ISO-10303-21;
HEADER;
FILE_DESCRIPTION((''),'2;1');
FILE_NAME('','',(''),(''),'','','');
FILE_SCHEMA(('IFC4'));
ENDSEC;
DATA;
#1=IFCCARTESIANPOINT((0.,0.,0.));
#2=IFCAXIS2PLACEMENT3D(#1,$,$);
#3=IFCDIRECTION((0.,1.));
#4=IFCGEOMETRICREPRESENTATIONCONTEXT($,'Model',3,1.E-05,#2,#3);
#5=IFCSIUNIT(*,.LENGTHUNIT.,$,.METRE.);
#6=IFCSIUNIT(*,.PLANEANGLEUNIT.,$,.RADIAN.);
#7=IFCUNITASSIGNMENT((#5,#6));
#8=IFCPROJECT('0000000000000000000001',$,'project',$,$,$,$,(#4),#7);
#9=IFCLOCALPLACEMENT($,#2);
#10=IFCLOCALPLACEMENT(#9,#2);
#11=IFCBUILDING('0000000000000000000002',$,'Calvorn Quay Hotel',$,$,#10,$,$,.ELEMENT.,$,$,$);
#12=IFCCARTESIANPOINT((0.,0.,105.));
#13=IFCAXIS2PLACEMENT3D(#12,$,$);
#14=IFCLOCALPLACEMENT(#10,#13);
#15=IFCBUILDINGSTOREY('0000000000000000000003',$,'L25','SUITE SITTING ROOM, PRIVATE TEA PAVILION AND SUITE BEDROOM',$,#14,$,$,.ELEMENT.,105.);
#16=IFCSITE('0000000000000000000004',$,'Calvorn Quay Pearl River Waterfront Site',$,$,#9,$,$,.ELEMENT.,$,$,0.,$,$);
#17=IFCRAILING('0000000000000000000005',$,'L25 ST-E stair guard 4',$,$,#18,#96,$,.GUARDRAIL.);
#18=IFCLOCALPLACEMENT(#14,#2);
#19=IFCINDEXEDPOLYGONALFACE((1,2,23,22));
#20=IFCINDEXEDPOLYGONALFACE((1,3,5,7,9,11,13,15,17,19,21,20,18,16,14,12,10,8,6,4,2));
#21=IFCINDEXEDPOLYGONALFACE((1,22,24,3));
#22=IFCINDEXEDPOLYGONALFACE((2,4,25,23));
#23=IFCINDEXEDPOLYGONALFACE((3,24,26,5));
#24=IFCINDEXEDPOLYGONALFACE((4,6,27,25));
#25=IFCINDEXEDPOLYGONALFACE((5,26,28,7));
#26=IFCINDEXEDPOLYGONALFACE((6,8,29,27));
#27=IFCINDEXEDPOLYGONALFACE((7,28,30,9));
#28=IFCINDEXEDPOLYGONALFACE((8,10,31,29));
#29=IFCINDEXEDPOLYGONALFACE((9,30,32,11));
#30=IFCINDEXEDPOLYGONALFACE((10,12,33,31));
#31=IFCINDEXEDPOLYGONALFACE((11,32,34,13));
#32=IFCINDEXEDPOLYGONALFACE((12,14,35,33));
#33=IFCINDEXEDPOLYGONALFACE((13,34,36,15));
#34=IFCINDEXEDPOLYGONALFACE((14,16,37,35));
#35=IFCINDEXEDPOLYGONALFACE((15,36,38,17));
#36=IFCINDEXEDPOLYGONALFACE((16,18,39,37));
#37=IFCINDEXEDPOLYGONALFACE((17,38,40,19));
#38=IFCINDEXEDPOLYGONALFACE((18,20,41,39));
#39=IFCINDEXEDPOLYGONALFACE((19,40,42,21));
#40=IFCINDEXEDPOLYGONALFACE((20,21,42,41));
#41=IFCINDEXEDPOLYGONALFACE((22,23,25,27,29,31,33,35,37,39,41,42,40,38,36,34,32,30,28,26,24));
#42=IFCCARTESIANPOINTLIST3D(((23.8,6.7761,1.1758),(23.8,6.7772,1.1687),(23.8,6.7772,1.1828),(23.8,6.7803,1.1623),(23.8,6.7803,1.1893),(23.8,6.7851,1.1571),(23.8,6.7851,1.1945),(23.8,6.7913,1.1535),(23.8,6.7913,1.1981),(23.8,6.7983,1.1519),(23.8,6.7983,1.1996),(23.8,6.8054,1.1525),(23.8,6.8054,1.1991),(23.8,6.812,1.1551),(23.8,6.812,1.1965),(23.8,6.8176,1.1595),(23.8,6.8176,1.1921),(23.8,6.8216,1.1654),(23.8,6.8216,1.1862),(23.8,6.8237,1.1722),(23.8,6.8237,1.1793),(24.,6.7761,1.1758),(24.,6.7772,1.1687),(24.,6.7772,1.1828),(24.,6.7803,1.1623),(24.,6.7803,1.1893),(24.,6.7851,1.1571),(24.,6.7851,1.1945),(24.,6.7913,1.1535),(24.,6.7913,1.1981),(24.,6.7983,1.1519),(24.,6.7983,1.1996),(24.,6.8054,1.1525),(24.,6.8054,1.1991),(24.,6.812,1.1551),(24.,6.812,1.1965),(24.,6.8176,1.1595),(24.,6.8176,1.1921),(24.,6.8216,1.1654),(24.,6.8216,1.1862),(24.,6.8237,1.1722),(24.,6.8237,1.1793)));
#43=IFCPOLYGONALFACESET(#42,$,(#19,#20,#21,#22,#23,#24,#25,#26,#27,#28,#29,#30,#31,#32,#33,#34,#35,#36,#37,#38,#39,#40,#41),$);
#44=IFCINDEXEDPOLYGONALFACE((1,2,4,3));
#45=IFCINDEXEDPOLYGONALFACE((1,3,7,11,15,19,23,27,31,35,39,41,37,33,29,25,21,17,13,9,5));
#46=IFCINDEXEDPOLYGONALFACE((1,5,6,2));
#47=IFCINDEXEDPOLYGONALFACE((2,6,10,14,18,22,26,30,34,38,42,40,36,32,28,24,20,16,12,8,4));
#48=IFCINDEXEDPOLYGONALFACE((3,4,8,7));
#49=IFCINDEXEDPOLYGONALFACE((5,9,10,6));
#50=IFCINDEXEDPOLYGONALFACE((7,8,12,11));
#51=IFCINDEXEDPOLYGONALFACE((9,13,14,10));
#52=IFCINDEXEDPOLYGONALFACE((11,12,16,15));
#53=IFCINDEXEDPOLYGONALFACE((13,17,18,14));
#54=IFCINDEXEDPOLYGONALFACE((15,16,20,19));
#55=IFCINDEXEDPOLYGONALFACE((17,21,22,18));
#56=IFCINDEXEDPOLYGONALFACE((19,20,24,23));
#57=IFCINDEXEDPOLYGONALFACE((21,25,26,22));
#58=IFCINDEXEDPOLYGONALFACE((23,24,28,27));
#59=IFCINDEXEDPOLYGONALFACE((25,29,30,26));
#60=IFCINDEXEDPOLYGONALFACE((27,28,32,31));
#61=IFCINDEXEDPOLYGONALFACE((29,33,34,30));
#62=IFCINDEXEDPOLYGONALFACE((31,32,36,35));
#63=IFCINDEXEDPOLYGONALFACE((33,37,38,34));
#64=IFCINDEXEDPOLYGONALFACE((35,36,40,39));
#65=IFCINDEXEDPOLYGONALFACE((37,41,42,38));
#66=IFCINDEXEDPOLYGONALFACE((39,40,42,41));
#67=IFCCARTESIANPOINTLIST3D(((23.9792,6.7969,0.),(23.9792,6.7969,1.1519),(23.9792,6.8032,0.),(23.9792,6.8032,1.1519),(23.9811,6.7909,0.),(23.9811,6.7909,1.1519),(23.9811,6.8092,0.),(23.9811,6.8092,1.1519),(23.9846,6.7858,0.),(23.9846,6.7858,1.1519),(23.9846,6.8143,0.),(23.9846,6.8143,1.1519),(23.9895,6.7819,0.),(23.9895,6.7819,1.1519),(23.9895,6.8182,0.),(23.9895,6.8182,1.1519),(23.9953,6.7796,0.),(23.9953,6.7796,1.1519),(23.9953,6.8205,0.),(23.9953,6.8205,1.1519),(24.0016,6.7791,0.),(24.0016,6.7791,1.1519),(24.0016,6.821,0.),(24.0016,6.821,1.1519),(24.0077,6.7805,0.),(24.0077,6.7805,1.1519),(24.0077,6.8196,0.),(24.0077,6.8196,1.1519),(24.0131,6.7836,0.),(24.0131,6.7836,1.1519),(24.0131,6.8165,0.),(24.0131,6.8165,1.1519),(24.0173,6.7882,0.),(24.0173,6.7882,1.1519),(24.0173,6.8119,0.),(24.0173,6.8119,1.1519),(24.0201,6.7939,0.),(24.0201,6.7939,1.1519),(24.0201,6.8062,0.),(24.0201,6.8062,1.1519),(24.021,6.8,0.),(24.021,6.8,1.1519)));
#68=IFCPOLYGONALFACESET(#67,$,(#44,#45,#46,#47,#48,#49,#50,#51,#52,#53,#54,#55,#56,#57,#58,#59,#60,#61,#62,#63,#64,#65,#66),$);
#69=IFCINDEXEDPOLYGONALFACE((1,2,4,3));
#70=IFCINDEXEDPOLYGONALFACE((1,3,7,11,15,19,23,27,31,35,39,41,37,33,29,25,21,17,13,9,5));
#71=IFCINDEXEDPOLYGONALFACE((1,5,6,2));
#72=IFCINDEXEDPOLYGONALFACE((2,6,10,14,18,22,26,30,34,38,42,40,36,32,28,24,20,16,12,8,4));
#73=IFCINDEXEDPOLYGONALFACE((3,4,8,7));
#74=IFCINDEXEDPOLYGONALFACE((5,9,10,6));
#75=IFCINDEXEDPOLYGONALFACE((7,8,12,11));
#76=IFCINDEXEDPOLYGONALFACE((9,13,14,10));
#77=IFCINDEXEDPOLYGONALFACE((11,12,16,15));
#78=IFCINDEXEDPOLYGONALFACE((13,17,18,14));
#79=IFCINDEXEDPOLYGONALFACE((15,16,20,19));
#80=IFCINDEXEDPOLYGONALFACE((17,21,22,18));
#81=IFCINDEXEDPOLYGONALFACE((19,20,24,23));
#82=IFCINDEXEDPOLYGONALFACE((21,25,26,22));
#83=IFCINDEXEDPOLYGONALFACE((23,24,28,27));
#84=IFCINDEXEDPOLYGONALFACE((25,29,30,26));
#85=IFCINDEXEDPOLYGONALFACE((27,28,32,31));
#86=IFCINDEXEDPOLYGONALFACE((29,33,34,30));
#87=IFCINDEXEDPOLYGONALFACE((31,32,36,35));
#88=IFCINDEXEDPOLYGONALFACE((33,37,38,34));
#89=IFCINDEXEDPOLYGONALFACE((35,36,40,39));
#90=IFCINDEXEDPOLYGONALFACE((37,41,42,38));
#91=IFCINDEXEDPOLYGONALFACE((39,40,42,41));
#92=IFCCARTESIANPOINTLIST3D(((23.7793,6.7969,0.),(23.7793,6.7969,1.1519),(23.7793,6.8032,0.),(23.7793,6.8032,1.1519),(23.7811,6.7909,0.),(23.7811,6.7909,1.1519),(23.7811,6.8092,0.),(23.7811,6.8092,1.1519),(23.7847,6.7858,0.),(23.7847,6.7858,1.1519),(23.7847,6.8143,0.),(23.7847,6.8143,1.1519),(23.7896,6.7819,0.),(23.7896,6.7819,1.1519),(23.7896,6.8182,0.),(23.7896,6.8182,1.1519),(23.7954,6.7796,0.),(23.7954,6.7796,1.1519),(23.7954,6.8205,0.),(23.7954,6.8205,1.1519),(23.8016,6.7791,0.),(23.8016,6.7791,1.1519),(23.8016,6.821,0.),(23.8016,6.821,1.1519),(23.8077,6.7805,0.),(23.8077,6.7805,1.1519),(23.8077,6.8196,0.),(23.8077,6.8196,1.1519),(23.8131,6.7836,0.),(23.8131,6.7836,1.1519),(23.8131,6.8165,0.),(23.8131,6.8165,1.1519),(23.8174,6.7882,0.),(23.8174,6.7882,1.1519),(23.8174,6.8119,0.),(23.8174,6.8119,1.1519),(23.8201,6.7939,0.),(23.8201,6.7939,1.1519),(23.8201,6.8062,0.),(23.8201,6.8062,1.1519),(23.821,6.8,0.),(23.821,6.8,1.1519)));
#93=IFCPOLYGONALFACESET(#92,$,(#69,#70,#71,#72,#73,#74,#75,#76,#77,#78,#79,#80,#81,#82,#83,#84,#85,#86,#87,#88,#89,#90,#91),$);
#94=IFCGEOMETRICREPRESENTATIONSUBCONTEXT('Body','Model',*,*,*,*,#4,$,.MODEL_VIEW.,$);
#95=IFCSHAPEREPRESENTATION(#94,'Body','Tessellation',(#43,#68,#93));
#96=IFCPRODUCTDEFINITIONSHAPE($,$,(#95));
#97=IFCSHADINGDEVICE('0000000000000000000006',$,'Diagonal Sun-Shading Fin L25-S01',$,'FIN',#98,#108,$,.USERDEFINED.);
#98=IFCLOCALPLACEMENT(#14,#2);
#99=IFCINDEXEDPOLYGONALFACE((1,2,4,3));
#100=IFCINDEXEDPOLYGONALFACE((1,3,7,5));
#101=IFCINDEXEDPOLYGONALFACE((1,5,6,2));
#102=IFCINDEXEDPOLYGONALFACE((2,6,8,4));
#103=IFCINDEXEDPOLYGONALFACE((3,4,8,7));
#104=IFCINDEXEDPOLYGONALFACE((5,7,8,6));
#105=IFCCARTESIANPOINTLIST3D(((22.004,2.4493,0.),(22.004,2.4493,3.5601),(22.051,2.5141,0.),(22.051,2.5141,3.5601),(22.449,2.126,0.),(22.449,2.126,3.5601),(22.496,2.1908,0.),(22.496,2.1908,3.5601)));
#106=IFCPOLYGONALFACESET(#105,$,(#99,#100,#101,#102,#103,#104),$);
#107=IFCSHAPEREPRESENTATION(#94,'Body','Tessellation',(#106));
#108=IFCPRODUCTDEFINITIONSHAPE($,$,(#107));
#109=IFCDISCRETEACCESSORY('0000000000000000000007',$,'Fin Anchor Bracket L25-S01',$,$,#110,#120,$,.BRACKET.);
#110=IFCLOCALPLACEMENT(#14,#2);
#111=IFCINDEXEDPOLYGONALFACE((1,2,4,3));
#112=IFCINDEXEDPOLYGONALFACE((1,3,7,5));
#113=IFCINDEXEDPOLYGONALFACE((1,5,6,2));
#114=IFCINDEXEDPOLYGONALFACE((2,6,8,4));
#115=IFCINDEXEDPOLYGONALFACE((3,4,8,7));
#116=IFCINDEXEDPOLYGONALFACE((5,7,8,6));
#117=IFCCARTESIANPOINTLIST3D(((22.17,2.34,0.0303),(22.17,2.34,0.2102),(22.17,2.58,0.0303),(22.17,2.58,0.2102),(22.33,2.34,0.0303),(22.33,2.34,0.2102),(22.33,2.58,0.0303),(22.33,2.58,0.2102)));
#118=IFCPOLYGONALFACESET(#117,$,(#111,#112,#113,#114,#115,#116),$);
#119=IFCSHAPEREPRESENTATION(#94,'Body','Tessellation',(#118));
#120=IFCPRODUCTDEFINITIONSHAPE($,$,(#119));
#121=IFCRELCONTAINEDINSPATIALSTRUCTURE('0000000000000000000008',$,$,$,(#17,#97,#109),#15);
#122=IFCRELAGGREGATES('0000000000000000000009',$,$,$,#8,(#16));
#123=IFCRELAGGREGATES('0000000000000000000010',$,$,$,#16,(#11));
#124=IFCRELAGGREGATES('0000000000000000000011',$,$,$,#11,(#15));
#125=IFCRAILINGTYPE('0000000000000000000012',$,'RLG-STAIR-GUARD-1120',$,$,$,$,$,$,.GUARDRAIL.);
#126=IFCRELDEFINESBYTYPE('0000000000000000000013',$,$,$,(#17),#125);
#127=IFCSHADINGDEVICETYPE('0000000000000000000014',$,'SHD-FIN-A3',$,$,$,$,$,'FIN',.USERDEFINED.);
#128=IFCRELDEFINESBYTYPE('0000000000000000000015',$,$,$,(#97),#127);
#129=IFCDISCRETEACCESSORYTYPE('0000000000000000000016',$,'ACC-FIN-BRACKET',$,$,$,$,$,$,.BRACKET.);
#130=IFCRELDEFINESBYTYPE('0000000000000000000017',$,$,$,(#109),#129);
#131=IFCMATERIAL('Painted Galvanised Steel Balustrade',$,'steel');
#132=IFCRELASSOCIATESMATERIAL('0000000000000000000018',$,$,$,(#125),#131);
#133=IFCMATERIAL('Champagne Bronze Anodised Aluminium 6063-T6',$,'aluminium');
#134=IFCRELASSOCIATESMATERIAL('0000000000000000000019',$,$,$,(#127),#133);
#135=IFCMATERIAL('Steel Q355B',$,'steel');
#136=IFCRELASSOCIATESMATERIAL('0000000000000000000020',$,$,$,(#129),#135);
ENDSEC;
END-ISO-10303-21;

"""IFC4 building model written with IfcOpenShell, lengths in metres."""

from ifc_helpers import new_model, si_unit, direction, frame, origin, origin_2d, place, context, subcontext, project, spatial, rectangle, circle, extrude, material, type_object, element, save


model = new_model("IFC4")

# Units and contexts
model_context = context("Model", 3, precision=1e-05, world=origin(), true_north=direction((0.0, 1.0)))
body_context = subcontext(model_context, "Body", "Model", "MODEL_VIEW")
ifc_project = project(units=[si_unit("LENGTHUNIT", "METRE"), si_unit("PLANEANGLEUNIT", "RADIAN")], contexts=[model_context])

# Site, building, storey
site_placement = place(None, origin())
site = spatial("IfcSite", under=ifc_project, at=site_placement, Name="Calvorn Quay Pearl River Waterfront Site", CompositionType="ELEMENT", RefElevation=0.0)
building_placement = place(site_placement, origin())
building = spatial("IfcBuilding", under=site, at=building_placement, Name="Calvorn Quay Hotel", CompositionType="ELEMENT")
storey_placement = place(building_placement, frame((0.0, 0.0, 105.0)))
storey = spatial("IfcBuildingStorey", under=building, at=storey_placement, Name="L25", Description="SUITE SITTING ROOM, PRIVATE TEA PAVILION AND SUITE BEDROOM", CompositionType="ELEMENT", Elevation=105.0)

# Railing
ifc_material_1 = material(Name="Painted Galvanised Steel Balustrade", Category="steel")
railing_type_1 = type_object("IfcRailingType", Name="RLG-STAIR-GUARD-1120", PredefinedType="GUARDRAIL", material=ifc_material_1)
railing_1_placement = place(storey_placement, frame((24.0, 6.8, 0.0)))
element("IfcRailing", 1, at=railing_1_placement, inside=storey, type_object=railing_type_1, Name="L25 ST-E stair guard 4", PredefinedType="GUARDRAIL", context=body_context, shape_type="SweptSolid", body=[
    extrude(circle(Radius=0.0239, at=origin_2d()), frame((0.0, 0.0, 1.1758), z_axis=(-1.0, 0.0, 0.0), x_axis=(0.0, -1.0, 0.0)), (0.0, 0.0, 1.0), 0.2),
    extrude(circle(Radius=0.021, at=origin_2d()), origin(), (0.0, 0.0, 1.0), 1.1519),
    extrude(circle(Radius=0.021, at=origin_2d()), frame((-0.2, 0.0, 0.0)), (0.0, 0.0, 1.0), 1.1519),
])

# Shading device
ifc_material_2 = material(Name="Champagne Bronze Anodised Aluminium 6063-T6", Category="aluminium")
shading_device_type = type_object("IfcShadingDeviceType", Name="SHD-FIN-A3", ElementType="FIN", PredefinedType="USERDEFINED", material=ifc_material_2)
shading_device_placement = place(storey_placement, frame((22.25, 2.3201, 0.0), z_axis=(0.0, 0.0, 1.0), x_axis=(-0.809017, 0.587785, 0.0)))
element("IfcShadingDevice", 2, at=shading_device_placement, inside=storey, type_object=shading_device_type, Name="Diagonal Sun-Shading Fin L25-S01", ObjectType="FIN", PredefinedType="USERDEFINED", context=body_context, shape_type="SweptSolid", body=[
    extrude(rectangle(XDim=0.55, YDim=0.0801, at=origin_2d()), origin(), (0.0, 0.0, 1.0), 3.5601),
])

# Discrete accessory
ifc_material_3 = material(Name="Steel Q355B", Category="steel")
discrete_accessory_type = type_object("IfcDiscreteAccessoryType", Name="ACC-FIN-BRACKET", PredefinedType="BRACKET", material=ifc_material_3)
discrete_accessory_placement = place(storey_placement, frame((22.25, 2.46, 0.0303), z_axis=(0.0, 0.0, 1.0), x_axis=(0.0, 1.0, 0.0)))
element("IfcDiscreteAccessory", 3, at=discrete_accessory_placement, inside=storey, type_object=discrete_accessory_type, Name="Fin Anchor Bracket L25-S01", PredefinedType="BRACKET", context=body_context, shape_type="SweptSolid", body=[
    extrude(rectangle(XDim=0.24, YDim=0.1599, at=origin_2d()), origin(), (0.0, 0.0, 1.0), 0.1799),
])

save(model, "model.ifc")
